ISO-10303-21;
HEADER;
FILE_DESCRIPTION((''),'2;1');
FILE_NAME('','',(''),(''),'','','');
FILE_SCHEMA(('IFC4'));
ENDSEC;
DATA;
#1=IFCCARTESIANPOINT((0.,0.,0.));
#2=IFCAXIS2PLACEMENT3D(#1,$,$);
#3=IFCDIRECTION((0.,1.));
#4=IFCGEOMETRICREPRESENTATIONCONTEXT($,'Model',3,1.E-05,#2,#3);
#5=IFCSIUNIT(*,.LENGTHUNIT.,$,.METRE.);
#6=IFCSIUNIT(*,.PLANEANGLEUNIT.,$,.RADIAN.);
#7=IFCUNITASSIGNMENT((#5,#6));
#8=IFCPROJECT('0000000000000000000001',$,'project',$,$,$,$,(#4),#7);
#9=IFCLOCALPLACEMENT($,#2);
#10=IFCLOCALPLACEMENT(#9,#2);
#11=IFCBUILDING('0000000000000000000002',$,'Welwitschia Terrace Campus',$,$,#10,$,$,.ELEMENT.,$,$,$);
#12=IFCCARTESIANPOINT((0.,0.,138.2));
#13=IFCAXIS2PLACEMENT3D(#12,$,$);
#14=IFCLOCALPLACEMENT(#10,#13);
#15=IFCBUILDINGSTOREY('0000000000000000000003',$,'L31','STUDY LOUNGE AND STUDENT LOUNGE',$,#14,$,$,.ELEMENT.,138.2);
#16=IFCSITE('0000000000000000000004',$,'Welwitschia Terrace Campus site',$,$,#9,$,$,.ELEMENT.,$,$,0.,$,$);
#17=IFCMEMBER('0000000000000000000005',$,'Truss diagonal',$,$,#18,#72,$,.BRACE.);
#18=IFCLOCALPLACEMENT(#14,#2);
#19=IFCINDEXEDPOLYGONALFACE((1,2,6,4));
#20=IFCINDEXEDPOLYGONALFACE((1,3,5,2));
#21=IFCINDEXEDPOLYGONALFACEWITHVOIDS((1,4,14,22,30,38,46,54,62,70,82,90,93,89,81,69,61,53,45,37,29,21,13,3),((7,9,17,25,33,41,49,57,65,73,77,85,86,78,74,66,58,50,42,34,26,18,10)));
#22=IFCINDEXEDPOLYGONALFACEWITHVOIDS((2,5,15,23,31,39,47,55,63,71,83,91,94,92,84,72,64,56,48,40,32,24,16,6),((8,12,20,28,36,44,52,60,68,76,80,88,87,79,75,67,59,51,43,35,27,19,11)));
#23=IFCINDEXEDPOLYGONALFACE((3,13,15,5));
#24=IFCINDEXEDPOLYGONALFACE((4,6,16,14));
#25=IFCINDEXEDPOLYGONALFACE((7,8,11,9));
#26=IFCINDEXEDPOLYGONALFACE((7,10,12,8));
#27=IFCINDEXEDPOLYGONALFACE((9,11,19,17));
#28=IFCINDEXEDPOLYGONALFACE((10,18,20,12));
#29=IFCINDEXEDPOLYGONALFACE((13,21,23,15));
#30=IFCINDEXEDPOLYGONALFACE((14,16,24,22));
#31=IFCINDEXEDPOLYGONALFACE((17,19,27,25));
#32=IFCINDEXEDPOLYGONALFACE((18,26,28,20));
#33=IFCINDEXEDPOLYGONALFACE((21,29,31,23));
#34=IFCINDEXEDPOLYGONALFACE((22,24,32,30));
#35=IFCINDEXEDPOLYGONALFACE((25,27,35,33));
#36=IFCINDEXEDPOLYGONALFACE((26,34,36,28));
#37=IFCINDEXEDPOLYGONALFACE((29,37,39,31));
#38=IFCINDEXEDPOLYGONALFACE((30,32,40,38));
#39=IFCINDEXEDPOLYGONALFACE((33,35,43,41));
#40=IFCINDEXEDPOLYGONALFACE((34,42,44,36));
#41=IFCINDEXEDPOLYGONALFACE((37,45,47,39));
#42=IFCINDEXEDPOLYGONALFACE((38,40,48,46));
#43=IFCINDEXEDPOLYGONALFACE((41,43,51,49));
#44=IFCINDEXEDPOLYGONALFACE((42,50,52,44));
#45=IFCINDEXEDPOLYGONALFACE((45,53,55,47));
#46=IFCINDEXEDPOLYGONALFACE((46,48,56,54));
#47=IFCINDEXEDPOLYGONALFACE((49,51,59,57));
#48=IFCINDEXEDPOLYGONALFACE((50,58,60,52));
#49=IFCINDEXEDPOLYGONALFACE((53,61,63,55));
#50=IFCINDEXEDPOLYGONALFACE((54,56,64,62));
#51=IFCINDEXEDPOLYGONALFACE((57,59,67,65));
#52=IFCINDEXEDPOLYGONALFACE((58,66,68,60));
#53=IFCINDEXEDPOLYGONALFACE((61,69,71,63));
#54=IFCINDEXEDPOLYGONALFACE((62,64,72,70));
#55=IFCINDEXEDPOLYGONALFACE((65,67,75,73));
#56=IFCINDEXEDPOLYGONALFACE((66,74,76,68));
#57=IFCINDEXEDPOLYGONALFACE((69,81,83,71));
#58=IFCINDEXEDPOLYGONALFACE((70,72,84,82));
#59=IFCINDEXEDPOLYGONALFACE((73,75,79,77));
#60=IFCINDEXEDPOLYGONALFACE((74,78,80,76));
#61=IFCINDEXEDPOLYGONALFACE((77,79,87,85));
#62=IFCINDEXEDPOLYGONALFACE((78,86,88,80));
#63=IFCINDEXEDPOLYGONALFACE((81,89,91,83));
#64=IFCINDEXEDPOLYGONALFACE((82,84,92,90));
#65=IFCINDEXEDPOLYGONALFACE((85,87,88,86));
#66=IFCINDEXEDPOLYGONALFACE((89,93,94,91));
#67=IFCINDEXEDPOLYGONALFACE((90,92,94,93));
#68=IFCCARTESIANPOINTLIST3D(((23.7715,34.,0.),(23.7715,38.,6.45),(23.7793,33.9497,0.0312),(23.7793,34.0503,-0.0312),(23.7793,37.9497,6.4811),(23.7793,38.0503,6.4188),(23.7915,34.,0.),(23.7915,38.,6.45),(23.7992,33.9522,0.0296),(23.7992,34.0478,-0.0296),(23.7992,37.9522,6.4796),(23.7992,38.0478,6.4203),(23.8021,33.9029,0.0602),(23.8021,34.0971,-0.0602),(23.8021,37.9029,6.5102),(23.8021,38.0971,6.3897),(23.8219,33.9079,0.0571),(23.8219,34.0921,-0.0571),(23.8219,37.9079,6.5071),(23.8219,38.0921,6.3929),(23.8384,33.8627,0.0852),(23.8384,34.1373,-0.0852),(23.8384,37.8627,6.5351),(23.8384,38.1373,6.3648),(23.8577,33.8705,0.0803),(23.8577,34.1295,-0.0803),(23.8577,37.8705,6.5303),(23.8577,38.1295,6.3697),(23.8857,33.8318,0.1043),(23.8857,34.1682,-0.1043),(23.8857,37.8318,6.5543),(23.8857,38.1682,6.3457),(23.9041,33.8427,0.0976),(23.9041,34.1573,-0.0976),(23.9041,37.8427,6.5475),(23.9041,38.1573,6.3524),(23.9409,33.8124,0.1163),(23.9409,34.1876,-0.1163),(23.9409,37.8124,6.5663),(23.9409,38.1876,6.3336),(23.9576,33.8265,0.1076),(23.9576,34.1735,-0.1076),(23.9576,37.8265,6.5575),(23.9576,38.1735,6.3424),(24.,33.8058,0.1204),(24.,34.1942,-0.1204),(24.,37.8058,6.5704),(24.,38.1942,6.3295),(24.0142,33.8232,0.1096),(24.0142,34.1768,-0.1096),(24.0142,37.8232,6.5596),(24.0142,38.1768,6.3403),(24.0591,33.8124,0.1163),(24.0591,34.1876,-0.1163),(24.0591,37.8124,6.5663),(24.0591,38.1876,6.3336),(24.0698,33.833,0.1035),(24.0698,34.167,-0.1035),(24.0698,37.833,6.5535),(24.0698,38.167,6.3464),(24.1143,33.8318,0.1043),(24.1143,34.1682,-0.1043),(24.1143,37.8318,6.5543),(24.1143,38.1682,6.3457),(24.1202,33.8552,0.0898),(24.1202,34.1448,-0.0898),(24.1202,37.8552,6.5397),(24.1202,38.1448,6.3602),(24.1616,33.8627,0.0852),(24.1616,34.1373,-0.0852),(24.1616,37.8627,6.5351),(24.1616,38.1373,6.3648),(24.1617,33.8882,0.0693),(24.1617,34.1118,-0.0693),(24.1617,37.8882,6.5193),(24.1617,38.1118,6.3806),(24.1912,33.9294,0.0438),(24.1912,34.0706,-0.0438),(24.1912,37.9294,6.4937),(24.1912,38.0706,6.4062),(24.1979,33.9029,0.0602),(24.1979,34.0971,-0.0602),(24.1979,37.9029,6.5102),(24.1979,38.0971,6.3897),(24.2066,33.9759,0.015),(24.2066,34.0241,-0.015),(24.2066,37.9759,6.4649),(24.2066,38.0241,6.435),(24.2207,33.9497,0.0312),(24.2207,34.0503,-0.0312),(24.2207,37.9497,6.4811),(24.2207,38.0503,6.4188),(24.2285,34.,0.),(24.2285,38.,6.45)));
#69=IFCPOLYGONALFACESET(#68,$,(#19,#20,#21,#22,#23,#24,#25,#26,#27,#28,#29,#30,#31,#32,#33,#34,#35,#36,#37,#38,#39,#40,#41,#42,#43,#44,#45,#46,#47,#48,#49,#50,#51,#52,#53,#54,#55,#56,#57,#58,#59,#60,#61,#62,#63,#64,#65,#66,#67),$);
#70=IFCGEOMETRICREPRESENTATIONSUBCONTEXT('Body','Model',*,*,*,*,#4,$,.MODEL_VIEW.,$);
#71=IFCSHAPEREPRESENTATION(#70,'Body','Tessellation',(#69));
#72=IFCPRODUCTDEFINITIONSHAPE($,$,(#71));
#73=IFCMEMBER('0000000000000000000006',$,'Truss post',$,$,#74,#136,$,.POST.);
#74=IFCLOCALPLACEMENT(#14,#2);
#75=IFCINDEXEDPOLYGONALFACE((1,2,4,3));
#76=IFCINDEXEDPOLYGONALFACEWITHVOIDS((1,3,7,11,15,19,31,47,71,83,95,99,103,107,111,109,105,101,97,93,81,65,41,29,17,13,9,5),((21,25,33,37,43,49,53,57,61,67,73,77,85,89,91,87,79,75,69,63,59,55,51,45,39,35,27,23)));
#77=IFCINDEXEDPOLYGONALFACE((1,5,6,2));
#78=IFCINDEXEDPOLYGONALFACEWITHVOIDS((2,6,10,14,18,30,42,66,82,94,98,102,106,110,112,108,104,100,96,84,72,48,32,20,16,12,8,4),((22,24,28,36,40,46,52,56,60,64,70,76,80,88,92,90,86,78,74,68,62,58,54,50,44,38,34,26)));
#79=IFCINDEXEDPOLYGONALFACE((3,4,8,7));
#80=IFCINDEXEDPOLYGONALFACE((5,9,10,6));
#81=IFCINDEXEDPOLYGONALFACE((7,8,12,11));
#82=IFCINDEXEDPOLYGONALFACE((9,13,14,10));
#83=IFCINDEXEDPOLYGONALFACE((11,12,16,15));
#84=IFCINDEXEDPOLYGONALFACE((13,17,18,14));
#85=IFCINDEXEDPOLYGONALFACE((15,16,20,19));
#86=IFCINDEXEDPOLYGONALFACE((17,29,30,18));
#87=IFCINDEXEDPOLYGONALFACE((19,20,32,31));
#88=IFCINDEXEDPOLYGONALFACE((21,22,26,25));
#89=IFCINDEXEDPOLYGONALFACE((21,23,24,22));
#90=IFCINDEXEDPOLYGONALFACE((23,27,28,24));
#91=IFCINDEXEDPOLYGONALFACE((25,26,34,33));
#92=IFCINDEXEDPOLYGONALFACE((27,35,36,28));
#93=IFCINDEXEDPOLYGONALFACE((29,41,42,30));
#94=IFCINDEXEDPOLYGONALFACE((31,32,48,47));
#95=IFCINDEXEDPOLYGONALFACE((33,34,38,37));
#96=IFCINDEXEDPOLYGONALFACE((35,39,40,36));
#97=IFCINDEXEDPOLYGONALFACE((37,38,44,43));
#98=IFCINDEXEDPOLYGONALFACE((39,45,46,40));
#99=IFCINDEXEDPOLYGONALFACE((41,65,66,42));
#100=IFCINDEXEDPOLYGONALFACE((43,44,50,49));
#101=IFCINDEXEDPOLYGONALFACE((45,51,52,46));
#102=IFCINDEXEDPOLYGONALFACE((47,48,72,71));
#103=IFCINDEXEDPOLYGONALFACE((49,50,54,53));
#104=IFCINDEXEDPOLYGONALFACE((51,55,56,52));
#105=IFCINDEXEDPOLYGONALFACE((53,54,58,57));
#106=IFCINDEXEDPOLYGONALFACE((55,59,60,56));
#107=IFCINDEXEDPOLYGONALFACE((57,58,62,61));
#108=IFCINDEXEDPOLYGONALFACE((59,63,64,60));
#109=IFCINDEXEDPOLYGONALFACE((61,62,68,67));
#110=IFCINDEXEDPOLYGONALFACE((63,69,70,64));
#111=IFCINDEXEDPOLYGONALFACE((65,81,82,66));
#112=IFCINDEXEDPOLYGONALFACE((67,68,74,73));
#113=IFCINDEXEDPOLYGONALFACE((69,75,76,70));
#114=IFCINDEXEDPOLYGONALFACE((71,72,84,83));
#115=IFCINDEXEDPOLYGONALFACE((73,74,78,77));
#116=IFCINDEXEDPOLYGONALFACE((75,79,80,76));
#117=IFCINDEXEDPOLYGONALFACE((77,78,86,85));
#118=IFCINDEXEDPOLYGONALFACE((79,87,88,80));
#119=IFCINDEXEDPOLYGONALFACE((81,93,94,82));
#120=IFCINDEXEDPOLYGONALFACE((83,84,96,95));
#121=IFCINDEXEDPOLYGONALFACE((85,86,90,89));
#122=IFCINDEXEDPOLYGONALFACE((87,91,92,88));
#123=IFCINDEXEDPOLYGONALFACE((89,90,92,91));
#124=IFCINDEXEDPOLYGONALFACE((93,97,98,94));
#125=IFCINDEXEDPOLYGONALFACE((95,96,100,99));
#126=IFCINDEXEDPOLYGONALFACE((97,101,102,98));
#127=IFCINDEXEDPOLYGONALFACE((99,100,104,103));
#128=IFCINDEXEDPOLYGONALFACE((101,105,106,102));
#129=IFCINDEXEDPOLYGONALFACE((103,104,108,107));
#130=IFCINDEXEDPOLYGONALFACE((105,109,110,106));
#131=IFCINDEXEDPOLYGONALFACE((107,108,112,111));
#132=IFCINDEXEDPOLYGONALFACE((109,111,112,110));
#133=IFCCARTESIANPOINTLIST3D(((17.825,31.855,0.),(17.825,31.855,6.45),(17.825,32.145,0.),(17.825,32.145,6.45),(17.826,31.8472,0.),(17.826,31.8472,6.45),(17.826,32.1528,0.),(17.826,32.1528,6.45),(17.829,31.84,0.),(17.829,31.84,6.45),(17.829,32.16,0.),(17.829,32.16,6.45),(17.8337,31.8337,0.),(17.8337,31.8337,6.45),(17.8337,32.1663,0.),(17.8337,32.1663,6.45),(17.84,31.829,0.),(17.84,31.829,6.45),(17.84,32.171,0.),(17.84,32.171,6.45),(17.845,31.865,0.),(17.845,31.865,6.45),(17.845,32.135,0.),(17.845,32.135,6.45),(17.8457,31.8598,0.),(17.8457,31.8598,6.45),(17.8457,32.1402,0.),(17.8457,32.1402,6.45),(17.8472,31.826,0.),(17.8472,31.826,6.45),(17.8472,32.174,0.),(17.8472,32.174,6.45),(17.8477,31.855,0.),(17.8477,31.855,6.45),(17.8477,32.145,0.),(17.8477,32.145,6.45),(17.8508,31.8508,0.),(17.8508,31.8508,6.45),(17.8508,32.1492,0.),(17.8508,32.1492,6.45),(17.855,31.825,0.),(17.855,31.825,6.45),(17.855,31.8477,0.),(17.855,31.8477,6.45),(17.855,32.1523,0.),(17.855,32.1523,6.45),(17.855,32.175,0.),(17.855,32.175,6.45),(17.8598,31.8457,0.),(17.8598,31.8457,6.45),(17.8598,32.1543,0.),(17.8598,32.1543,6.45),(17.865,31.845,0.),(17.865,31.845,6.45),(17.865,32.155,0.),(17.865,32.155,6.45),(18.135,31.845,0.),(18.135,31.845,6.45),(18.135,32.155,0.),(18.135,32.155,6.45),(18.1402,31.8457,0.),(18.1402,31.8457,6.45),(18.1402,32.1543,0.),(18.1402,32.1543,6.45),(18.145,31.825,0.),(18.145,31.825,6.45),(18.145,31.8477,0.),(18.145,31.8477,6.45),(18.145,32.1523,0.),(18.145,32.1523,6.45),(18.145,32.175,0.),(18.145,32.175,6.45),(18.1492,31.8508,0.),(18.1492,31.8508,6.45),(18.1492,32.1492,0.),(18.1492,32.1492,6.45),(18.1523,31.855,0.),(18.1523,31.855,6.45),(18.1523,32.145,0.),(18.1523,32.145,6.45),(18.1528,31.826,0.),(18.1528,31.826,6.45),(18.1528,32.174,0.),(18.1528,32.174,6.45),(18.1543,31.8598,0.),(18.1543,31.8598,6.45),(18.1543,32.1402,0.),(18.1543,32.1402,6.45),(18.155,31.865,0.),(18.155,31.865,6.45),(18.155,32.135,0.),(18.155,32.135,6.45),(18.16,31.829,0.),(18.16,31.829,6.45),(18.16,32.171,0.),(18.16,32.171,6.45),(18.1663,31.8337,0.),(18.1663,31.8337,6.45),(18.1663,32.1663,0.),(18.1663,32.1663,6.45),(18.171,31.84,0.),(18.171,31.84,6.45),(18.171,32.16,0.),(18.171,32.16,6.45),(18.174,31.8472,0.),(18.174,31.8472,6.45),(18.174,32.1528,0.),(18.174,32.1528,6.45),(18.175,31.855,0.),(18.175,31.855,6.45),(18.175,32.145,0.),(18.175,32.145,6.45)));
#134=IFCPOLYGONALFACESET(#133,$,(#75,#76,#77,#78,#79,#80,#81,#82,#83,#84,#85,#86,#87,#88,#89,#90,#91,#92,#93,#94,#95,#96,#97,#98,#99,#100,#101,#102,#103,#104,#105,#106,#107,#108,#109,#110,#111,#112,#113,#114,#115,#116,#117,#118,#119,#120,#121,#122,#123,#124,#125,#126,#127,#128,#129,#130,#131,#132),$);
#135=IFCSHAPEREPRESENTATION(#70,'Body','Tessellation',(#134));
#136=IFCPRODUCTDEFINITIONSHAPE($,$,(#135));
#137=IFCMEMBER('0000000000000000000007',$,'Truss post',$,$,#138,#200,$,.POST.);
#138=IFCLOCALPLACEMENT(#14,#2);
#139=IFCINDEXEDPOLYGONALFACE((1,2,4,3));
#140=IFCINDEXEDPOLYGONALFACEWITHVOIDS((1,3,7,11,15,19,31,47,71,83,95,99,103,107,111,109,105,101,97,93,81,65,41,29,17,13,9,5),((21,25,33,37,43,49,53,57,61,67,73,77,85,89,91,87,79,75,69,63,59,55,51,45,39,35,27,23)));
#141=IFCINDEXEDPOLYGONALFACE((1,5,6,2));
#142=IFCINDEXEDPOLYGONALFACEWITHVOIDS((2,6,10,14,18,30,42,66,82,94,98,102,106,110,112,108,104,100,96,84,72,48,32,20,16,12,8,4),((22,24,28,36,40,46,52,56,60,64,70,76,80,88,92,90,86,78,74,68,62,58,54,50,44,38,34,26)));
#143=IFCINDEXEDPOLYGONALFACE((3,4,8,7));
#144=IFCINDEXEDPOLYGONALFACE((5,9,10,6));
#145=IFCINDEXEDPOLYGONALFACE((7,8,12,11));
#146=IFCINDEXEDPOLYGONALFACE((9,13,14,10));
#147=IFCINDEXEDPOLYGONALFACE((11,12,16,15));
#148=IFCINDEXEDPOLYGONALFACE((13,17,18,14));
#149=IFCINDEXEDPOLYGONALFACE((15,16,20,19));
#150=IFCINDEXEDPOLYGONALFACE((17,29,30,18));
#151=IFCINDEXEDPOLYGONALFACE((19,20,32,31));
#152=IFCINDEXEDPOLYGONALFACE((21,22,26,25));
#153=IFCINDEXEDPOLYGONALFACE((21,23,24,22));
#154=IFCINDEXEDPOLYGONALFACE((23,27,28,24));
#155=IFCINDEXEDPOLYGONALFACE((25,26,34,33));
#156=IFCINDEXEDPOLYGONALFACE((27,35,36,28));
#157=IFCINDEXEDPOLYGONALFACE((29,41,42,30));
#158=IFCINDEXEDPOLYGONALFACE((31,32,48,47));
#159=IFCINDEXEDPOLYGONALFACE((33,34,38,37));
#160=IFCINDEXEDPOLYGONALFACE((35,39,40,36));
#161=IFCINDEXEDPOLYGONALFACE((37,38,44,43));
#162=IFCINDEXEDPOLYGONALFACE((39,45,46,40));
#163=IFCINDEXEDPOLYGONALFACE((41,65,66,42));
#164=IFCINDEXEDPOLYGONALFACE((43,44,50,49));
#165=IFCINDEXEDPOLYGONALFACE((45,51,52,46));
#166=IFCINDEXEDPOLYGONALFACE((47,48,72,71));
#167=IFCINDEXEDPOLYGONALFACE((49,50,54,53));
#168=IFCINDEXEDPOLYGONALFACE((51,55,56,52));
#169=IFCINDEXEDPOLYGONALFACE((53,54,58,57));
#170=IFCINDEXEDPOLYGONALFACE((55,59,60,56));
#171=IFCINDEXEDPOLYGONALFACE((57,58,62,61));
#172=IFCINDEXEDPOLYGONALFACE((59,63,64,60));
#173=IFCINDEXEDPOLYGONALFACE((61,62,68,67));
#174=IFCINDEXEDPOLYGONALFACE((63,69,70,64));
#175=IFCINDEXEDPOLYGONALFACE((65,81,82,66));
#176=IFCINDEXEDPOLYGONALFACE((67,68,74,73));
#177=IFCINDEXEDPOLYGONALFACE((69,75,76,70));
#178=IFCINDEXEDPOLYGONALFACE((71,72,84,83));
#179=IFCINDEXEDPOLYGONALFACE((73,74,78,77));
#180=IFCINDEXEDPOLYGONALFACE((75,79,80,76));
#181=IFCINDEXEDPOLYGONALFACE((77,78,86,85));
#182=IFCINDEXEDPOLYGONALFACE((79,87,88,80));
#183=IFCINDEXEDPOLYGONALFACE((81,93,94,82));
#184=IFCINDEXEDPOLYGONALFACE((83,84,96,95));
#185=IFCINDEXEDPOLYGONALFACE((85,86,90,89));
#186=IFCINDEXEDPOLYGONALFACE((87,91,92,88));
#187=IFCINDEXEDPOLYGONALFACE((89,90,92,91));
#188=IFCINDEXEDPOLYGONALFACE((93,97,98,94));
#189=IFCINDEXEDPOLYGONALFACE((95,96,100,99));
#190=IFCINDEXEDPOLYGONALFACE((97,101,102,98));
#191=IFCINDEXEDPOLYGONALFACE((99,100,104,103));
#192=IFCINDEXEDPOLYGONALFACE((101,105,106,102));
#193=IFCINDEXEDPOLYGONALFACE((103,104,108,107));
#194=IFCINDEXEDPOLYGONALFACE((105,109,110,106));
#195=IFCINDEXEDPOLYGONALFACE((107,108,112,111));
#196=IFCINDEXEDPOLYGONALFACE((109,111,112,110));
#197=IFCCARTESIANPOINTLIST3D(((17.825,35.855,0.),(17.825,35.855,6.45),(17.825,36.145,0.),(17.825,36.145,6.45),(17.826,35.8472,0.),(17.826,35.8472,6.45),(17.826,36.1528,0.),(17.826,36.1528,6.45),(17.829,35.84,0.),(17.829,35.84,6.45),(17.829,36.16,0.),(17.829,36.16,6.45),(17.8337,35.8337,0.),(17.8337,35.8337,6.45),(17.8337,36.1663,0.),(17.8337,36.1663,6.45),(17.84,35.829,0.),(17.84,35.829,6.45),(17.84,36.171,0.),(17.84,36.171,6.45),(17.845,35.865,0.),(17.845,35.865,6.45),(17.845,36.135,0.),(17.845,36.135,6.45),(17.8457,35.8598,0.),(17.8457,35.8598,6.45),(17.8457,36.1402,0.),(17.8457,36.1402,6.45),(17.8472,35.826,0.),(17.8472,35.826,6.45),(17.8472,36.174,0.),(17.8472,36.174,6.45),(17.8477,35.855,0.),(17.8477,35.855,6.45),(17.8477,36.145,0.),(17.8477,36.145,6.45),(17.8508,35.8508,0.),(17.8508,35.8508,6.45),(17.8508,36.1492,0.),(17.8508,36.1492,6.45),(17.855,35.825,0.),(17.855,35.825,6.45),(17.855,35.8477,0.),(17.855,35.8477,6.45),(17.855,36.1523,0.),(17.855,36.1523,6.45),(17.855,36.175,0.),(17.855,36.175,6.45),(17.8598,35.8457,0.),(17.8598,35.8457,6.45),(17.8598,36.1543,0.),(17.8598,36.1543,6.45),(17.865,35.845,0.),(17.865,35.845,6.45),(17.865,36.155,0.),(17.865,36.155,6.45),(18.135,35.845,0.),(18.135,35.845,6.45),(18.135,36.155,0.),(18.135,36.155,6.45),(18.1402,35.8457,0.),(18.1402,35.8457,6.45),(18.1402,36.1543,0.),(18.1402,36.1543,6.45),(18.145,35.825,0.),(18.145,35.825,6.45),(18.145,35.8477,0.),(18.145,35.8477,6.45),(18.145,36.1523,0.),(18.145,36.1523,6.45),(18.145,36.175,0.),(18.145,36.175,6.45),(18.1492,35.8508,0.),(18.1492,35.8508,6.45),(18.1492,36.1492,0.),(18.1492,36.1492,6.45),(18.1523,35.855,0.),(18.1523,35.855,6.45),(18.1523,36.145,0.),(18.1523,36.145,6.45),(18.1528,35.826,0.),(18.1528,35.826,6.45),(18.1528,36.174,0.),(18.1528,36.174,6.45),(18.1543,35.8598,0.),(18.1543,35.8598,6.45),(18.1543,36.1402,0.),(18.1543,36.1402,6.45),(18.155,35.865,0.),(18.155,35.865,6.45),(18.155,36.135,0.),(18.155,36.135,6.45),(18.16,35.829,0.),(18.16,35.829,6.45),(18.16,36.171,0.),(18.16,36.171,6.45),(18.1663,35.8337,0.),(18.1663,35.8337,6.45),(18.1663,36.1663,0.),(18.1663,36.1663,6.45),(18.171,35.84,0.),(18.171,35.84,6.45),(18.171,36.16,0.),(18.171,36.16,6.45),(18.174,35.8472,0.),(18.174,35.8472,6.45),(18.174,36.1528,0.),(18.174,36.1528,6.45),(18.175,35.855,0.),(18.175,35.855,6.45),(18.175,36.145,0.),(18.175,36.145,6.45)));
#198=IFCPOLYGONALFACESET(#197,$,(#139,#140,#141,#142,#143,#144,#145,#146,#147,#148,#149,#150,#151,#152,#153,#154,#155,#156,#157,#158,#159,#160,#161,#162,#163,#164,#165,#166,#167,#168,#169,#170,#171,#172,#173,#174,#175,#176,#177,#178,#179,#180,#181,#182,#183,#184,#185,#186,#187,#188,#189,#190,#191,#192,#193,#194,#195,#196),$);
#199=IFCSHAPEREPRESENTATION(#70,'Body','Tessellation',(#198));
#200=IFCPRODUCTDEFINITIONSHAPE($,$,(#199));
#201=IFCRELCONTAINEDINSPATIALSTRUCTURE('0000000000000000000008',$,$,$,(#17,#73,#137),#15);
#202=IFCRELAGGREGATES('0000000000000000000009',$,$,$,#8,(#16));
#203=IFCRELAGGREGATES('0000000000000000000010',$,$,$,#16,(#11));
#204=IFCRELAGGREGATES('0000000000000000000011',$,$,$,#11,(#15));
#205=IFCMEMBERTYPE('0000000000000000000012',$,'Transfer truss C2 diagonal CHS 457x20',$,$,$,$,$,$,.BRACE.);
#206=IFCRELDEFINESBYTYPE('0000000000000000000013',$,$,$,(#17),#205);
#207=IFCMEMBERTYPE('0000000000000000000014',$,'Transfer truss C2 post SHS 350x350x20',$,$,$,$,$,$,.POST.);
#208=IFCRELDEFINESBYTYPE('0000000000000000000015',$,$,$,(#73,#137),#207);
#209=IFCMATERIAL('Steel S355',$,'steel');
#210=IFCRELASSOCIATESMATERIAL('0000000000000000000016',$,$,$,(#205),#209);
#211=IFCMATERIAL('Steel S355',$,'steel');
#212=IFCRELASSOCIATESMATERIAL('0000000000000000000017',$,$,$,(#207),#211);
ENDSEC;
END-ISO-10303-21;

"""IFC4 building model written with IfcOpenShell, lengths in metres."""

from ifc_helpers import new_model, si_unit, direction, frame, origin, origin_2d, place, context, subcontext, project, spatial, hollow_rectangle, hollow_circle, extrude, material, material_profile, profile_set, type_object, element, save


model = new_model("IFC4")

# Units and contexts
model_context = context("Model", 3, precision=1e-05, world=origin(), true_north=direction((0.0, 1.0)))
body_context = subcontext(model_context, "Body", "Model", "MODEL_VIEW")
ifc_project = project(units=[si_unit("LENGTHUNIT", "METRE"), si_unit("PLANEANGLEUNIT", "RADIAN")], contexts=[model_context])

# Site, building, storey
site_placement = place(None, origin())
site = spatial("IfcSite", under=ifc_project, at=site_placement, Name="Welwitschia Terrace Campus site", CompositionType="ELEMENT", RefElevation=0.0)
building_placement = place(site_placement, origin())
building = spatial("IfcBuilding", under=site, at=building_placement, Name="Welwitschia Terrace Campus", CompositionType="ELEMENT")
storey_placement = place(building_placement, frame((0.0, 0.0, 138.2)))
storey = spatial("IfcBuildingStorey", under=building, at=storey_placement, Name="L31", Description="STUDY LOUNGE AND STUDENT LOUNGE", CompositionType="ELEMENT", Elevation=138.2)

# Members
ifc_material_1 = material(Name="Steel S355", Category="steel")
ifc_material_profile_1 = material_profile(ifc_material_1, hollow_circle(Radius=0.2285, WallThickness=0.02, at=origin_2d()))
ifc_profile_set_1 = profile_set([ifc_material_profile_1], Name="Steel S355")
member_type_1 = type_object("IfcMemberType", Name="Transfer truss C2 diagonal CHS 457x20", PredefinedType="BRACE", material=ifc_profile_set_1)
for number, where, z_axis, x_axis, name in (
    (1, (24.0, 34.0, 0.0), (0.0, 0.527038, 0.849842), (-1.0, 0.0, 0.0), "Truss diagonal"),
):
    element("IfcMember", number, at=place(storey_placement, frame(where, z_axis=z_axis, x_axis=x_axis)), inside=storey, type_object=member_type_1, Name=name, PredefinedType="BRACE", context=body_context, shape_type="SweptSolid", body=[
        extrude(hollow_circle(Radius=0.2285, WallThickness=0.02, at=origin_2d()), origin(), (0.0, 0.0, 1.0), 7.5896),
    ])
ifc_material_2 = material(Name="Steel S355", Category="steel")
ifc_material_profile_2 = material_profile(ifc_material_2, hollow_rectangle(XDim=0.3501, YDim=0.3501, WallThickness=0.02, InnerFilletRadius=0.02, OuterFilletRadius=0.03, at=origin_2d()))
ifc_profile_set_2 = profile_set([ifc_material_profile_2], Name="Steel S355")
member_type_2 = type_object("IfcMemberType", Name="Transfer truss C2 post SHS 350x350x20", PredefinedType="POST", material=ifc_profile_set_2)
for number, where, z_axis, x_axis, name in (
    (2, (18.0, 32.0, 0.0), (0.0, 0.0, 1.0), (1.0, 0.0, 0.0), "Truss post"),
    (3, (18.0, 36.0, 0.0), (0.0, 0.0, 1.0), (1.0, 0.0, 0.0), "Truss post"),
):
    element("IfcMember", number, at=place(storey_placement, frame(where, z_axis=z_axis, x_axis=x_axis)), inside=storey, type_object=member_type_2, Name=name, PredefinedType="POST", context=body_context, shape_type="SweptSolid", body=[
        extrude(hollow_rectangle(XDim=0.3501, YDim=0.3501, WallThickness=0.02, InnerFilletRadius=0.02, OuterFilletRadius=0.03, at=origin_2d()), origin(), (0.0, 0.0, 1.0), 6.45),
    ])

save(model, "model.ifc")
